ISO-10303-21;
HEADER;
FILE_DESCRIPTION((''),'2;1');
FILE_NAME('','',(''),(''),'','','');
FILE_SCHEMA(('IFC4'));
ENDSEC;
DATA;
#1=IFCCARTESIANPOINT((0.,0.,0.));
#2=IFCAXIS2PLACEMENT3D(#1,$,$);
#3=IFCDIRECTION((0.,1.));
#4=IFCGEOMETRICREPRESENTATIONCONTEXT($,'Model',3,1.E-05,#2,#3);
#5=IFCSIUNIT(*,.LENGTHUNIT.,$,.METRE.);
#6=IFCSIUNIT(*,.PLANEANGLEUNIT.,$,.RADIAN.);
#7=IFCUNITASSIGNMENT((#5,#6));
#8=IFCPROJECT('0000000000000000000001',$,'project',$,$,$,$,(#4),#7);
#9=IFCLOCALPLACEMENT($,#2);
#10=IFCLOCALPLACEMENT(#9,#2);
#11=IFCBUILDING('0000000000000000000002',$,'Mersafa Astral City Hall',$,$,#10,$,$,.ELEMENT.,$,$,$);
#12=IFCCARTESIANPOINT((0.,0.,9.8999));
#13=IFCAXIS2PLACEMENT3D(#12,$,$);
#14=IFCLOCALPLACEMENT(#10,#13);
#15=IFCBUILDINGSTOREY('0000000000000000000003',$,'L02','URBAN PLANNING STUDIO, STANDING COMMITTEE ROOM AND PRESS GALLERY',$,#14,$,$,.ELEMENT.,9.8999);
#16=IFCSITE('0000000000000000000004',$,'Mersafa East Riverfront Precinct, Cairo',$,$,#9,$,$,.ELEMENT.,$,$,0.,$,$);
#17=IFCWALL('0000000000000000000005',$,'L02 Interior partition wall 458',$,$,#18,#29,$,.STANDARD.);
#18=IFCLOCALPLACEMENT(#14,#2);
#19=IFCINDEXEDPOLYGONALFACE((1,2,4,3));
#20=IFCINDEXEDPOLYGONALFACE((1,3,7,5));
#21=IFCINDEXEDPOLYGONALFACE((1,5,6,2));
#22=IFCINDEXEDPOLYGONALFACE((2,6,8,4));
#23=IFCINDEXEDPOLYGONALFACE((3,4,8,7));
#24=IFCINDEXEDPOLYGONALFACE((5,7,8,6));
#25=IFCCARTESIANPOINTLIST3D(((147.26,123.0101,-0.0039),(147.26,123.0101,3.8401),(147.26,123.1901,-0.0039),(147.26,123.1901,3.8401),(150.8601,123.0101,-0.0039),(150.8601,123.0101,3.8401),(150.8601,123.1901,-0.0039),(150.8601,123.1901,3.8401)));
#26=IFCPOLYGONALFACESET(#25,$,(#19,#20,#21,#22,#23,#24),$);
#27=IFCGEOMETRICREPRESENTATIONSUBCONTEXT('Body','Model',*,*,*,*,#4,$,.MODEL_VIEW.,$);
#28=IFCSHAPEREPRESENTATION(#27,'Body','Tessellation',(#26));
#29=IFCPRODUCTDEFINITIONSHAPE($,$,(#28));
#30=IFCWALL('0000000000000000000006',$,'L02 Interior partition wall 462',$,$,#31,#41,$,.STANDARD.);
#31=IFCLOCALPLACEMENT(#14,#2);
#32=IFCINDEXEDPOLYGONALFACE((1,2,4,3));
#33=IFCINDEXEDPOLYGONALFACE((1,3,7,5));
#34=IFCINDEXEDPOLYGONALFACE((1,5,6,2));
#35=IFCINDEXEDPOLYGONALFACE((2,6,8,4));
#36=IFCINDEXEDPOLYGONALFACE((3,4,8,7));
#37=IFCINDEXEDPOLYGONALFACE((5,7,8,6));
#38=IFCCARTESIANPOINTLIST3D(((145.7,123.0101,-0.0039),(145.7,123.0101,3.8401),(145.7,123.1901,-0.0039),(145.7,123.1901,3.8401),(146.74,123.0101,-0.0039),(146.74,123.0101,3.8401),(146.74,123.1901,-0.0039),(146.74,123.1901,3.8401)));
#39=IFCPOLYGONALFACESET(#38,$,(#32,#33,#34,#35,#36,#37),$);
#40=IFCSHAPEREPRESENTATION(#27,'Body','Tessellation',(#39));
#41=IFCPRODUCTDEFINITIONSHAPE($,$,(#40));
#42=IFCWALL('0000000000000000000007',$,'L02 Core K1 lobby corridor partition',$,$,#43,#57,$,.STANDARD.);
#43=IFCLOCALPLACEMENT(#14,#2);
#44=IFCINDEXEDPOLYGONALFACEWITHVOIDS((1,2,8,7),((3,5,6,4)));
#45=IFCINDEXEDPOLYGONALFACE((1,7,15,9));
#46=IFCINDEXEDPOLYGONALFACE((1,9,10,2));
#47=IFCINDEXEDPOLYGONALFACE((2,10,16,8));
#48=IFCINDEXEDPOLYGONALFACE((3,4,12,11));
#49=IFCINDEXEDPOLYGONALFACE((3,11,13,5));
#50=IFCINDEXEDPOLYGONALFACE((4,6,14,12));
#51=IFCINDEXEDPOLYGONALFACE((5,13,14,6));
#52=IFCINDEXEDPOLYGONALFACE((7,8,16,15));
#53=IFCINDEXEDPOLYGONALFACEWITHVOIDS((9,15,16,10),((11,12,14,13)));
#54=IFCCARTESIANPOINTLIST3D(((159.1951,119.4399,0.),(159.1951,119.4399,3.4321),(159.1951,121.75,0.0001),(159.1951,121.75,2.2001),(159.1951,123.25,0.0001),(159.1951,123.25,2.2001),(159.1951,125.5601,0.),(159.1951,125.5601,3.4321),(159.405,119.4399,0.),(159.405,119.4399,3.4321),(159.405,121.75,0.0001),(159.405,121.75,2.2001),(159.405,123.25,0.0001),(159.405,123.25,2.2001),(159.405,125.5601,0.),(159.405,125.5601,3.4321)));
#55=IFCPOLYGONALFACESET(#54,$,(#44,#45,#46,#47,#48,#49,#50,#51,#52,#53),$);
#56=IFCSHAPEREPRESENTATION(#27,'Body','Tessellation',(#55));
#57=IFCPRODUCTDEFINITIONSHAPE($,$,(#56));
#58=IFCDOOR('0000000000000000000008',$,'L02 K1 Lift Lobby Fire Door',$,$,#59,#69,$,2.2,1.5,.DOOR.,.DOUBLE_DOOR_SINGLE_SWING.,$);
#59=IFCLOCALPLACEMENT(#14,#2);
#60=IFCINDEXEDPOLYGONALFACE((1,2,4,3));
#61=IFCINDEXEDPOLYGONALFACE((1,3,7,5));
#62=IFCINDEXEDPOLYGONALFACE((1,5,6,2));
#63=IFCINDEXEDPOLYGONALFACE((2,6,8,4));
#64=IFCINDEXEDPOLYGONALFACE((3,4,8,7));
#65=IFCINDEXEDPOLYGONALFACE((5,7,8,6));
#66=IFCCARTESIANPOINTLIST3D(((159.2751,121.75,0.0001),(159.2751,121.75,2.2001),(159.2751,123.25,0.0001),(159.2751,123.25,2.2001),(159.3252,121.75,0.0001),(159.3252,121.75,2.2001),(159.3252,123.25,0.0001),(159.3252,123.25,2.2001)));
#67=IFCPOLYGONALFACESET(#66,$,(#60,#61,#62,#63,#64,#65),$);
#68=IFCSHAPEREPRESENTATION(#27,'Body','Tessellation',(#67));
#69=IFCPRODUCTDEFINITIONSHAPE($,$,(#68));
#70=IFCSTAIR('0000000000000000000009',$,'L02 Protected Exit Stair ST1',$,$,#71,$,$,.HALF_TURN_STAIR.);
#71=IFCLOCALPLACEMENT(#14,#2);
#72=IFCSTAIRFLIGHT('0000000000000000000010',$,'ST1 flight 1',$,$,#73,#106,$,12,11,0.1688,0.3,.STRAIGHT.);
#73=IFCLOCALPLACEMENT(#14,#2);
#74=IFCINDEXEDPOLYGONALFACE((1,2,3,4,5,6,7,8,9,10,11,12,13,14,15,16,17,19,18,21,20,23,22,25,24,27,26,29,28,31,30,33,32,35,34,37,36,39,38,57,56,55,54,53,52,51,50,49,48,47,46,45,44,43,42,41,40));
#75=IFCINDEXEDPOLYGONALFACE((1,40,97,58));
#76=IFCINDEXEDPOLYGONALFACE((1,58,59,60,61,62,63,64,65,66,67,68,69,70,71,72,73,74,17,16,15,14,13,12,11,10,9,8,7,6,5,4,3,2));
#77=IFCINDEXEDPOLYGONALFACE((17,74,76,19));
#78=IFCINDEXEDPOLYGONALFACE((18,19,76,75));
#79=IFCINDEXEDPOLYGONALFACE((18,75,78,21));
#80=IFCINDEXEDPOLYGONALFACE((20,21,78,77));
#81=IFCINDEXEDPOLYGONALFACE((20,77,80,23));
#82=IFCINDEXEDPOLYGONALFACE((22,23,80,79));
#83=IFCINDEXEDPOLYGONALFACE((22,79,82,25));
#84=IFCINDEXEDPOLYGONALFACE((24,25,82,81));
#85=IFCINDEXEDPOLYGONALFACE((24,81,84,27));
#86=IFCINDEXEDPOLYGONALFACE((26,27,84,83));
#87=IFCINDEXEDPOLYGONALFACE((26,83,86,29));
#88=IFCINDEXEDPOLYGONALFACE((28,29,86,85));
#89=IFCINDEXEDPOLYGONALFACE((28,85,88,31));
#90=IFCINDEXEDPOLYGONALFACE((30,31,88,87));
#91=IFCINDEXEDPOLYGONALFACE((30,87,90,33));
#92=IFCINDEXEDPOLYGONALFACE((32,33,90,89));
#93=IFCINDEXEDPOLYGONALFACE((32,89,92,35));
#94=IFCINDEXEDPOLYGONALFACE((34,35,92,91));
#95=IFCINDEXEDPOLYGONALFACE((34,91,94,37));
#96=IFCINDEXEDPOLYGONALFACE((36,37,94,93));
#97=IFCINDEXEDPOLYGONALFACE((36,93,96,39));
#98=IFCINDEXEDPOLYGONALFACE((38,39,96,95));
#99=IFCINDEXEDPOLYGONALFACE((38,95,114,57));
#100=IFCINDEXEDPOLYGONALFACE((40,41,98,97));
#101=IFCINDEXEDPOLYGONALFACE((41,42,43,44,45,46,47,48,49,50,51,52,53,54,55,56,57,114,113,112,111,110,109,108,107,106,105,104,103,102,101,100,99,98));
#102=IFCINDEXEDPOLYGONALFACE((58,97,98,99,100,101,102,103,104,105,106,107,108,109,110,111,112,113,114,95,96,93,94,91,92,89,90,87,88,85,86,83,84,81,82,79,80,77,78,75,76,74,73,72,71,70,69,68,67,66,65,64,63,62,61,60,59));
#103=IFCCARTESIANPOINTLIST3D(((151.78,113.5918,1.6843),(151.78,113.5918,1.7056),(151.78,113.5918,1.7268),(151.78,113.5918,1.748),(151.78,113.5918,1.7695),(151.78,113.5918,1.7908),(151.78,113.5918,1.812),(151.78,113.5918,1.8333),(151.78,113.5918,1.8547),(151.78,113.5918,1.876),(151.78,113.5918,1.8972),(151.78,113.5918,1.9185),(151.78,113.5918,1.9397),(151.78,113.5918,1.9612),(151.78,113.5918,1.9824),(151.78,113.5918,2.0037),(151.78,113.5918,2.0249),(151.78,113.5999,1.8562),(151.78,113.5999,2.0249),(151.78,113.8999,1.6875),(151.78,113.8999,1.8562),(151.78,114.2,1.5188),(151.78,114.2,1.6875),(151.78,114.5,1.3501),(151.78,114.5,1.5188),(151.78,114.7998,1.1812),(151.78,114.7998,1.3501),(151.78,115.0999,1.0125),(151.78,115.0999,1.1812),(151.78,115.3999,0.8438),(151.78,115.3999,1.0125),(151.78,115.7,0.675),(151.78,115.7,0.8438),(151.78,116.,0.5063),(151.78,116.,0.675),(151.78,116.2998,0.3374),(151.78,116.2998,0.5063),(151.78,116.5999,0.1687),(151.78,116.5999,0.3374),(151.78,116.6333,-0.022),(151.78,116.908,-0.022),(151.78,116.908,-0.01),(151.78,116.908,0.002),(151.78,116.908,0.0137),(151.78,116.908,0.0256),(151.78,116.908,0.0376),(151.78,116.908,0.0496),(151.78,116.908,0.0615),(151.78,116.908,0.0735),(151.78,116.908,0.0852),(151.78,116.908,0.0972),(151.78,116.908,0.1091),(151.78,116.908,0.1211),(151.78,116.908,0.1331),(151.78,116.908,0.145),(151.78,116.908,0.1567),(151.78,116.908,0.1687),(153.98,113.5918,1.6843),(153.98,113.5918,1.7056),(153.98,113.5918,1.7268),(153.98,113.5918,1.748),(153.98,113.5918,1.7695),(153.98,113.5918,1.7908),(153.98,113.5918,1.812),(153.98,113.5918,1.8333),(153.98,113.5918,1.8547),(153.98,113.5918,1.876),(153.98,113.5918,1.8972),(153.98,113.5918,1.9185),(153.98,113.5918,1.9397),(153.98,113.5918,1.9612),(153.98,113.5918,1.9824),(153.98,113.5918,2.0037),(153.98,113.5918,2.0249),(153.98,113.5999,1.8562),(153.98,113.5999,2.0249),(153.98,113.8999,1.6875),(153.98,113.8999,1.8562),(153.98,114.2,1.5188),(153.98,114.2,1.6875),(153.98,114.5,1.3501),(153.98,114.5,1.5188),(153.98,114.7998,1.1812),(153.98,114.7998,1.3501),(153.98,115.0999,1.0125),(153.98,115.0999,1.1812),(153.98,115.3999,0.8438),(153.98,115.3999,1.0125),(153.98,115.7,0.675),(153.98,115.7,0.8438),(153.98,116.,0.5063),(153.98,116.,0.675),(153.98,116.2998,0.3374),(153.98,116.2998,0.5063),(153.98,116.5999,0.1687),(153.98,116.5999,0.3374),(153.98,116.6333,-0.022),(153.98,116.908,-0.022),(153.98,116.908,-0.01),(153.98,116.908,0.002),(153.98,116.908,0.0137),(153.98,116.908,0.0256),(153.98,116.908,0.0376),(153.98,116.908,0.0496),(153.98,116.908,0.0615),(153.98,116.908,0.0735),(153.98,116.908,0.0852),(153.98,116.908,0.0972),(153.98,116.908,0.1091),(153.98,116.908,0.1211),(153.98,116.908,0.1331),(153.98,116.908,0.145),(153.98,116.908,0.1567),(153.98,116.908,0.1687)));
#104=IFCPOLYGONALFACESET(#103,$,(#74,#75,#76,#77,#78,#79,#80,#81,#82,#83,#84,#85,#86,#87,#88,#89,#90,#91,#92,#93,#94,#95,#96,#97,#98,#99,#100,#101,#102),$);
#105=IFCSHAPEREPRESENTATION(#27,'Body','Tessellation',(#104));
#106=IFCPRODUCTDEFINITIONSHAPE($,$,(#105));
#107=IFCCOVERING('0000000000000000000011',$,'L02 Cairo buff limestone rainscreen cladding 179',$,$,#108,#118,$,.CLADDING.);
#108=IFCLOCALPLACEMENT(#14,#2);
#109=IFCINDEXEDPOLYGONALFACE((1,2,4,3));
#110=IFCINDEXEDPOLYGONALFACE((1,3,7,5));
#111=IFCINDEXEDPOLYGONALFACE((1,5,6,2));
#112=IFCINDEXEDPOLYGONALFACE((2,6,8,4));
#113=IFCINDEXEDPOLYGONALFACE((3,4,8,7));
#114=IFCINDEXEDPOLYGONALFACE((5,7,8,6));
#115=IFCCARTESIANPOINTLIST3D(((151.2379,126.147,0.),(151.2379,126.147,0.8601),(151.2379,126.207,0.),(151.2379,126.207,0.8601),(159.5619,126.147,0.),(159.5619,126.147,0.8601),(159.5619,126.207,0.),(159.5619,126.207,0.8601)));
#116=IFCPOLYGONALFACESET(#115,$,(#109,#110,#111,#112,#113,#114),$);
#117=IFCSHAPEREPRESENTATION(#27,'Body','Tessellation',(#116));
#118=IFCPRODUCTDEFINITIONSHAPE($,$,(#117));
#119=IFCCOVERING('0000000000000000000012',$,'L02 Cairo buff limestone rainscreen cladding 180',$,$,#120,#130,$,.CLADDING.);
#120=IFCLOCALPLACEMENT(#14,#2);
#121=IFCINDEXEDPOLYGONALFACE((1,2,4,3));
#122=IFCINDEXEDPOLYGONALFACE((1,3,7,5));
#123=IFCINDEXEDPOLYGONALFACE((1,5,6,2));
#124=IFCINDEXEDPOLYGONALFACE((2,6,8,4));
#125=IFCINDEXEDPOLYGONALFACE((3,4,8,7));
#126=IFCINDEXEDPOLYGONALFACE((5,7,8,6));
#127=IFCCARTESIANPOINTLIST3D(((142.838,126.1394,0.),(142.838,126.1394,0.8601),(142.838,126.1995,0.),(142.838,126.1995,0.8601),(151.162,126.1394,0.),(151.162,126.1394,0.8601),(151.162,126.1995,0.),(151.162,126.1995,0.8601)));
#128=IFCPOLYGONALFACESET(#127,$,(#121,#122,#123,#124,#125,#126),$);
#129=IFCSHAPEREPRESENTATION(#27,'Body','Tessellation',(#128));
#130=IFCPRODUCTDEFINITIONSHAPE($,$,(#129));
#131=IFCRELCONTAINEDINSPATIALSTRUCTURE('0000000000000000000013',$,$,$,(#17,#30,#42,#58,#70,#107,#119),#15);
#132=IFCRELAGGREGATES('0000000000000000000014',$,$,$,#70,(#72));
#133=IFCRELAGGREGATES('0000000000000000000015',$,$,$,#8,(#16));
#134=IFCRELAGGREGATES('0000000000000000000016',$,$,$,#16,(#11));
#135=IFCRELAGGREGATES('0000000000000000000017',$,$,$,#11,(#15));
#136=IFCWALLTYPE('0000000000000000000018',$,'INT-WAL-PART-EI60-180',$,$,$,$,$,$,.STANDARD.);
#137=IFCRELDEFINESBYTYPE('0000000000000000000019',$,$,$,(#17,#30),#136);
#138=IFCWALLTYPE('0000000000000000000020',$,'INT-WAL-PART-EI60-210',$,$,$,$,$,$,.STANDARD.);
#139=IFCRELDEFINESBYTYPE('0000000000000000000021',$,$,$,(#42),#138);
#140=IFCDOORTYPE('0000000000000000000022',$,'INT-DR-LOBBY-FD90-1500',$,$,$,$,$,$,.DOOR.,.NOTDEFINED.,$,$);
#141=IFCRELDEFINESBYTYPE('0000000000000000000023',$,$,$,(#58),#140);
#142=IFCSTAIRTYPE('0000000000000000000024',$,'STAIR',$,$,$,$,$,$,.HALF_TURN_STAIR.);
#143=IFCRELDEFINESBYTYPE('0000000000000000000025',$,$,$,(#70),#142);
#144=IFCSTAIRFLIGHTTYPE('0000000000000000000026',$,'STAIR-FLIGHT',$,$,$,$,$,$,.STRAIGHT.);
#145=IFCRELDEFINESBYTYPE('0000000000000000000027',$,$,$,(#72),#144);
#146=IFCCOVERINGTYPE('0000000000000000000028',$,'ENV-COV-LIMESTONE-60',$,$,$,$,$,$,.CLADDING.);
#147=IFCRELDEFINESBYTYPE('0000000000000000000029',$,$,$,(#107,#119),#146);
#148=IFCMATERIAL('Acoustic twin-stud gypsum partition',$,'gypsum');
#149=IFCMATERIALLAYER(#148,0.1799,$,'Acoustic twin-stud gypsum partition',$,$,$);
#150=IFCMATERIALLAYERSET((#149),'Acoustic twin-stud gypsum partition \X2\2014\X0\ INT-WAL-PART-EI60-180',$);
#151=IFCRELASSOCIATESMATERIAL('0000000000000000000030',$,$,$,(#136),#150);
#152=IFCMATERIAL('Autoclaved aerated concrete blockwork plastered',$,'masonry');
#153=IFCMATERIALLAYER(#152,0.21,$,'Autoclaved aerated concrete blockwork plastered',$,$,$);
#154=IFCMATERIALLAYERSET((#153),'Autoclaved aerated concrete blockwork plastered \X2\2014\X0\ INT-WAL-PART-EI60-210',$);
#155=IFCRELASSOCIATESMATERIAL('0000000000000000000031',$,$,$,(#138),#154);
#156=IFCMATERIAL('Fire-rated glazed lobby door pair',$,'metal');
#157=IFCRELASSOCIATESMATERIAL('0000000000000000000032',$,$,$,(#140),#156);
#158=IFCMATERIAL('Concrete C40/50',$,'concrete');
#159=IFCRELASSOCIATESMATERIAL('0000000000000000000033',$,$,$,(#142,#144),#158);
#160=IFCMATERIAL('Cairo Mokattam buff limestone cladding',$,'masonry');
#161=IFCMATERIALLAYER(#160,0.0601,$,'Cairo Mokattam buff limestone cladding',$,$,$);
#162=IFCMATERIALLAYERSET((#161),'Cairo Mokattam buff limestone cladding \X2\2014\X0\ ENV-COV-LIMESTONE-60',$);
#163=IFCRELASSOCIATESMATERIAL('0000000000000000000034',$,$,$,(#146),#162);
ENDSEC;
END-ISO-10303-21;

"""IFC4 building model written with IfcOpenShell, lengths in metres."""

from ifc_helpers import new_model, si_unit, direction, frame, frame_2d, origin, origin_2d, place, context, subcontext, project, spatial, polyline, rectangle, outline, extrude, material, layer, layer_set, type_object, element, fill, aggregate, save


model = new_model("IFC4")

# Units and contexts
model_context = context("Model", 3, precision=1e-05, world=origin(), true_north=direction((0.0, 1.0)))
body_context = subcontext(model_context, "Body", "Model", "MODEL_VIEW")
ifc_project = project(units=[si_unit("LENGTHUNIT", "METRE"), si_unit("PLANEANGLEUNIT", "RADIAN")], contexts=[model_context])

# Site, building, storey
site_placement = place(None, origin())
site = spatial("IfcSite", under=ifc_project, at=site_placement, Name="Mersafa East Riverfront Precinct, Cairo", CompositionType="ELEMENT", RefElevation=0.0)
building_placement = place(site_placement, origin())
building = spatial("IfcBuilding", under=site, at=building_placement, Name="Mersafa Astral City Hall", CompositionType="ELEMENT")
storey_placement = place(building_placement, frame((0.0, 0.0, 9.8999)))
storey = spatial("IfcBuildingStorey", under=building, at=storey_placement, Name="L02", Description="URBAN PLANNING STUDIO, STANDING COMMITTEE ROOM AND PRESS GALLERY", CompositionType="ELEMENT", Elevation=9.8999)

# Shared definitions
ifc_material_1 = material(Name="Concrete C40/50", Category="concrete")

# Walls
ifc_material_2 = material(Name="Acoustic twin-stud gypsum partition", Category="gypsum")
ifc_layer_1 = layer(ifc_material_2, 0.1799, Name="Acoustic twin-stud gypsum partition")
ifc_layer_set_1 = layer_set([ifc_layer_1], Name="Acoustic twin-stud gypsum partition — INT-WAL-PART-EI60-180")
wall_type_1 = type_object("IfcWallType", Name="INT-WAL-PART-EI60-180", PredefinedType="STANDARD", material=ifc_layer_set_1)
wall_1_placement = place(storey_placement, frame((147.26, 123.1001, -0.0039), z_axis=(0.0, 0.0, 1.0), x_axis=(1.0, 0.0, 0.0)))
element("IfcWall", 1, at=wall_1_placement, inside=storey, type_object=wall_type_1, Name="L02 Interior partition wall 458", PredefinedType="STANDARD", context=body_context, shape_type="SweptSolid", body=[
    extrude(rectangle(XDim=3.6001, YDim=0.1799, at=frame_2d((1.8, 0.0))), origin(), (0.0, 0.0, 1.0), 3.844),
])
wall_2_placement = place(storey_placement, frame((145.7, 123.1001, -0.0039), z_axis=(0.0, 0.0, 1.0), x_axis=(1.0, 0.0, 0.0)))
element("IfcWall", 2, at=wall_2_placement, inside=storey, type_object=wall_type_1, Name="L02 Interior partition wall 462", PredefinedType="STANDARD", context=body_context, shape_type="SweptSolid", body=[
    extrude(rectangle(XDim=1.04, YDim=0.1799, at=frame_2d((0.52, 0.0))), origin(), (0.0, 0.0, 1.0), 3.844),
])

# Wall, opening, door
ifc_material_3 = material(Name="Autoclaved aerated concrete blockwork plastered", Category="masonry")
ifc_layer_2 = layer(ifc_material_3, 0.21, Name="Autoclaved aerated concrete blockwork plastered")
ifc_layer_set_2 = layer_set([ifc_layer_2], Name="Autoclaved aerated concrete blockwork plastered — INT-WAL-PART-EI60-210")
wall_type_2 = type_object("IfcWallType", Name="INT-WAL-PART-EI60-210", PredefinedType="STANDARD", material=ifc_layer_set_2)
wall_3_placement = place(storey_placement, frame((159.3, 119.4399, 0.0), z_axis=(0.0, 0.0, 1.0), x_axis=(0.0, 1.0, 0.0)))
wall_3 = element("IfcWall", 3, at=wall_3_placement, inside=storey, type_object=wall_type_2, Name="L02 Core K1 lobby corridor partition", PredefinedType="STANDARD", context=body_context, shape_type="SweptSolid", body=[
    extrude(rectangle(XDim=6.1201, YDim=0.21, at=frame_2d((3.0601, 0.0))), origin(), (0.0, 0.0, 1.0), 3.4321),
])
opening_1_placement = place(wall_3_placement, frame((2.3101, 0.0, 0.0)))
opening_1 = element("IfcOpeningElement", 4, at=opening_1_placement, cuts=wall_3, PredefinedType="OPENING", context=body_context, shape_type="SweptSolid", body=[
    extrude(rectangle(XDim=1.5, YDim=2.2, at=frame_2d((0.75, 1.1001))), frame((0.0, 0.115, 0.0), z_axis=(0.0, -1.0, 0.0), x_axis=(1.0, 0.0, 0.0)), (0.0, 0.0, 1.0), 0.23),
])
ifc_material_4 = material(Name="Fire-rated glazed lobby door pair", Category="metal")
door_type_1 = type_object("IfcDoorType", Name="INT-DR-LOBBY-FD90-1500", OperationType="NOTDEFINED", PredefinedType="DOOR", material=ifc_material_4)
door_1_placement = place(opening_1_placement, origin())
door_1 = element("IfcDoor", 5, at=door_1_placement, inside=storey, type_object=door_type_1, Name="L02 K1 Lift Lobby Fire Door", OperationType="DOUBLE_DOOR_SINGLE_SWING", OverallHeight=2.2, OverallWidth=1.5, PredefinedType="DOOR", context=body_context, shape_type="SweptSolid", body=[
    extrude(rectangle(XDim=1.5, YDim=2.2, at=frame_2d((0.75, 1.1001))), frame((0.0, 0.0249, 0.0), z_axis=(0.0, -1.0, 0.0), x_axis=(1.0, 0.0, 0.0)), (0.0, 0.0, 1.0), 0.05),
])
fill(opening_1, door_1)

# Stair, stair flight
stair_type = type_object("IfcStairType", Name="STAIR", PredefinedType="HALF_TURN_STAIR", material=ifc_material_1)
stair_placement = place(storey_placement, origin())
stair = element("IfcStair", 6, at=stair_placement, inside=storey, type_object=stair_type, Name="L02 Protected Exit Stair ST1", PredefinedType="HALF_TURN_STAIR")
stair_flight_type = type_object("IfcStairFlightType", Name="STAIR-FLIGHT", PredefinedType="STRAIGHT", material=ifc_material_1)
stair_flight_placement = place(storey_placement, frame((152.8799, 116.8999, 0.0), z_axis=(0.0, 0.0, 1.0), x_axis=(0.0, -1.0, 0.0)))
stair_flight = element("IfcStairFlight", 7, at=stair_flight_placement, type_object=stair_flight_type, Name="ST1 flight 1", NumberOfRisers=12, NumberOfTreads=11, PredefinedType="STRAIGHT", RiserHeight=0.1688, TreadLength=0.3, context=body_context, shape_type="SweptSolid", body=[
    extrude(outline(polyline([(-0.0081, -0.022), (-0.0081, -0.01), (-0.0081, 0.002), (-0.0081, 0.0137), (-0.0081, 0.0256), (-0.0081, 0.0376), (-0.0081, 0.0496), (-0.0081, 0.0615), (-0.0081, 0.0735), (-0.0081, 0.0852), (-0.0081, 0.0972), (-0.0081, 0.1091), (-0.0081, 0.1211), (-0.0081, 0.1331), (-0.0081, 0.145), (-0.0081, 0.1567), (-0.0081, 0.1687), (0.3, 0.1687), (0.3, 0.3374), (0.6001, 0.3374), (0.6001, 0.5063), (0.8999, 0.5063), (0.8999, 0.675), (1.2, 0.675), (1.2, 0.8438), (1.5, 0.8438), (1.5, 1.0125), (1.8, 1.0125), (1.8, 1.1812), (2.1001, 1.1812), (2.1001, 1.3501), (2.3999, 1.3501), (2.3999, 1.5188), (2.7, 1.5188), (2.7, 1.6875), (3.0, 1.6875), (3.0, 1.8562), (3.3, 1.8562), (3.3, 2.0249), (3.3081, 2.0249), (3.3081, 2.0037), (3.3081, 1.9824), (3.3081, 1.9612), (3.3081, 1.9397), (3.3081, 1.9185), (3.3081, 1.8972), (3.3081, 1.876), (3.3081, 1.8547), (3.3081, 1.8333), (3.3081, 1.812), (3.3081, 1.7908), (3.3081, 1.7695), (3.3081, 1.748), (3.3081, 1.7268), (3.3081, 1.7056), (3.3081, 1.6843), (0.2666, -0.022), (-0.0081, -0.022)])), frame((0.0, 1.1001, 0.0), z_axis=(0.0, -1.0, 0.0), x_axis=(1.0, 0.0, 0.0)), (0.0, 0.0, 1.0), 2.2),
])
aggregate(stair, [stair_flight])

# Coverings
ifc_material_5 = material(Name="Cairo Mokattam buff limestone cladding", Category="masonry")
ifc_layer_3 = layer(ifc_material_5, 0.0601, Name="Cairo Mokattam buff limestone cladding")
ifc_layer_set_3 = layer_set([ifc_layer_3], Name="Cairo Mokattam buff limestone cladding — ENV-COV-LIMESTONE-60")
covering_type = type_object("IfcCoveringType", Name="ENV-COV-LIMESTONE-60", PredefinedType="CLADDING", material=ifc_layer_set_3)
for number, where, z_axis, x_axis, name in (
    (8, (155.3999, 126.177, 0.0), (0.0, 0.0, 1.0), (-1.0, 0.0, 0.0), "L02 Cairo buff limestone rainscreen cladding 179"),
    (9, (147.0, 126.1694, 0.0), (0.0, 0.0, 1.0), (-1.0, 0.0, 0.0), "L02 Cairo buff limestone rainscreen cladding 180"),
):
    element("IfcCovering", number, at=place(storey_placement, frame(where, z_axis=z_axis, x_axis=x_axis)), inside=storey, type_object=covering_type, Name=name, PredefinedType="CLADDING", context=body_context, shape_type="SweptSolid", body=[
        extrude(rectangle(XDim=8.324, YDim=0.0601, at=origin_2d()), origin(), (0.0, 0.0, 1.0), 0.8601),
    ])

save(model, "model.ifc")
